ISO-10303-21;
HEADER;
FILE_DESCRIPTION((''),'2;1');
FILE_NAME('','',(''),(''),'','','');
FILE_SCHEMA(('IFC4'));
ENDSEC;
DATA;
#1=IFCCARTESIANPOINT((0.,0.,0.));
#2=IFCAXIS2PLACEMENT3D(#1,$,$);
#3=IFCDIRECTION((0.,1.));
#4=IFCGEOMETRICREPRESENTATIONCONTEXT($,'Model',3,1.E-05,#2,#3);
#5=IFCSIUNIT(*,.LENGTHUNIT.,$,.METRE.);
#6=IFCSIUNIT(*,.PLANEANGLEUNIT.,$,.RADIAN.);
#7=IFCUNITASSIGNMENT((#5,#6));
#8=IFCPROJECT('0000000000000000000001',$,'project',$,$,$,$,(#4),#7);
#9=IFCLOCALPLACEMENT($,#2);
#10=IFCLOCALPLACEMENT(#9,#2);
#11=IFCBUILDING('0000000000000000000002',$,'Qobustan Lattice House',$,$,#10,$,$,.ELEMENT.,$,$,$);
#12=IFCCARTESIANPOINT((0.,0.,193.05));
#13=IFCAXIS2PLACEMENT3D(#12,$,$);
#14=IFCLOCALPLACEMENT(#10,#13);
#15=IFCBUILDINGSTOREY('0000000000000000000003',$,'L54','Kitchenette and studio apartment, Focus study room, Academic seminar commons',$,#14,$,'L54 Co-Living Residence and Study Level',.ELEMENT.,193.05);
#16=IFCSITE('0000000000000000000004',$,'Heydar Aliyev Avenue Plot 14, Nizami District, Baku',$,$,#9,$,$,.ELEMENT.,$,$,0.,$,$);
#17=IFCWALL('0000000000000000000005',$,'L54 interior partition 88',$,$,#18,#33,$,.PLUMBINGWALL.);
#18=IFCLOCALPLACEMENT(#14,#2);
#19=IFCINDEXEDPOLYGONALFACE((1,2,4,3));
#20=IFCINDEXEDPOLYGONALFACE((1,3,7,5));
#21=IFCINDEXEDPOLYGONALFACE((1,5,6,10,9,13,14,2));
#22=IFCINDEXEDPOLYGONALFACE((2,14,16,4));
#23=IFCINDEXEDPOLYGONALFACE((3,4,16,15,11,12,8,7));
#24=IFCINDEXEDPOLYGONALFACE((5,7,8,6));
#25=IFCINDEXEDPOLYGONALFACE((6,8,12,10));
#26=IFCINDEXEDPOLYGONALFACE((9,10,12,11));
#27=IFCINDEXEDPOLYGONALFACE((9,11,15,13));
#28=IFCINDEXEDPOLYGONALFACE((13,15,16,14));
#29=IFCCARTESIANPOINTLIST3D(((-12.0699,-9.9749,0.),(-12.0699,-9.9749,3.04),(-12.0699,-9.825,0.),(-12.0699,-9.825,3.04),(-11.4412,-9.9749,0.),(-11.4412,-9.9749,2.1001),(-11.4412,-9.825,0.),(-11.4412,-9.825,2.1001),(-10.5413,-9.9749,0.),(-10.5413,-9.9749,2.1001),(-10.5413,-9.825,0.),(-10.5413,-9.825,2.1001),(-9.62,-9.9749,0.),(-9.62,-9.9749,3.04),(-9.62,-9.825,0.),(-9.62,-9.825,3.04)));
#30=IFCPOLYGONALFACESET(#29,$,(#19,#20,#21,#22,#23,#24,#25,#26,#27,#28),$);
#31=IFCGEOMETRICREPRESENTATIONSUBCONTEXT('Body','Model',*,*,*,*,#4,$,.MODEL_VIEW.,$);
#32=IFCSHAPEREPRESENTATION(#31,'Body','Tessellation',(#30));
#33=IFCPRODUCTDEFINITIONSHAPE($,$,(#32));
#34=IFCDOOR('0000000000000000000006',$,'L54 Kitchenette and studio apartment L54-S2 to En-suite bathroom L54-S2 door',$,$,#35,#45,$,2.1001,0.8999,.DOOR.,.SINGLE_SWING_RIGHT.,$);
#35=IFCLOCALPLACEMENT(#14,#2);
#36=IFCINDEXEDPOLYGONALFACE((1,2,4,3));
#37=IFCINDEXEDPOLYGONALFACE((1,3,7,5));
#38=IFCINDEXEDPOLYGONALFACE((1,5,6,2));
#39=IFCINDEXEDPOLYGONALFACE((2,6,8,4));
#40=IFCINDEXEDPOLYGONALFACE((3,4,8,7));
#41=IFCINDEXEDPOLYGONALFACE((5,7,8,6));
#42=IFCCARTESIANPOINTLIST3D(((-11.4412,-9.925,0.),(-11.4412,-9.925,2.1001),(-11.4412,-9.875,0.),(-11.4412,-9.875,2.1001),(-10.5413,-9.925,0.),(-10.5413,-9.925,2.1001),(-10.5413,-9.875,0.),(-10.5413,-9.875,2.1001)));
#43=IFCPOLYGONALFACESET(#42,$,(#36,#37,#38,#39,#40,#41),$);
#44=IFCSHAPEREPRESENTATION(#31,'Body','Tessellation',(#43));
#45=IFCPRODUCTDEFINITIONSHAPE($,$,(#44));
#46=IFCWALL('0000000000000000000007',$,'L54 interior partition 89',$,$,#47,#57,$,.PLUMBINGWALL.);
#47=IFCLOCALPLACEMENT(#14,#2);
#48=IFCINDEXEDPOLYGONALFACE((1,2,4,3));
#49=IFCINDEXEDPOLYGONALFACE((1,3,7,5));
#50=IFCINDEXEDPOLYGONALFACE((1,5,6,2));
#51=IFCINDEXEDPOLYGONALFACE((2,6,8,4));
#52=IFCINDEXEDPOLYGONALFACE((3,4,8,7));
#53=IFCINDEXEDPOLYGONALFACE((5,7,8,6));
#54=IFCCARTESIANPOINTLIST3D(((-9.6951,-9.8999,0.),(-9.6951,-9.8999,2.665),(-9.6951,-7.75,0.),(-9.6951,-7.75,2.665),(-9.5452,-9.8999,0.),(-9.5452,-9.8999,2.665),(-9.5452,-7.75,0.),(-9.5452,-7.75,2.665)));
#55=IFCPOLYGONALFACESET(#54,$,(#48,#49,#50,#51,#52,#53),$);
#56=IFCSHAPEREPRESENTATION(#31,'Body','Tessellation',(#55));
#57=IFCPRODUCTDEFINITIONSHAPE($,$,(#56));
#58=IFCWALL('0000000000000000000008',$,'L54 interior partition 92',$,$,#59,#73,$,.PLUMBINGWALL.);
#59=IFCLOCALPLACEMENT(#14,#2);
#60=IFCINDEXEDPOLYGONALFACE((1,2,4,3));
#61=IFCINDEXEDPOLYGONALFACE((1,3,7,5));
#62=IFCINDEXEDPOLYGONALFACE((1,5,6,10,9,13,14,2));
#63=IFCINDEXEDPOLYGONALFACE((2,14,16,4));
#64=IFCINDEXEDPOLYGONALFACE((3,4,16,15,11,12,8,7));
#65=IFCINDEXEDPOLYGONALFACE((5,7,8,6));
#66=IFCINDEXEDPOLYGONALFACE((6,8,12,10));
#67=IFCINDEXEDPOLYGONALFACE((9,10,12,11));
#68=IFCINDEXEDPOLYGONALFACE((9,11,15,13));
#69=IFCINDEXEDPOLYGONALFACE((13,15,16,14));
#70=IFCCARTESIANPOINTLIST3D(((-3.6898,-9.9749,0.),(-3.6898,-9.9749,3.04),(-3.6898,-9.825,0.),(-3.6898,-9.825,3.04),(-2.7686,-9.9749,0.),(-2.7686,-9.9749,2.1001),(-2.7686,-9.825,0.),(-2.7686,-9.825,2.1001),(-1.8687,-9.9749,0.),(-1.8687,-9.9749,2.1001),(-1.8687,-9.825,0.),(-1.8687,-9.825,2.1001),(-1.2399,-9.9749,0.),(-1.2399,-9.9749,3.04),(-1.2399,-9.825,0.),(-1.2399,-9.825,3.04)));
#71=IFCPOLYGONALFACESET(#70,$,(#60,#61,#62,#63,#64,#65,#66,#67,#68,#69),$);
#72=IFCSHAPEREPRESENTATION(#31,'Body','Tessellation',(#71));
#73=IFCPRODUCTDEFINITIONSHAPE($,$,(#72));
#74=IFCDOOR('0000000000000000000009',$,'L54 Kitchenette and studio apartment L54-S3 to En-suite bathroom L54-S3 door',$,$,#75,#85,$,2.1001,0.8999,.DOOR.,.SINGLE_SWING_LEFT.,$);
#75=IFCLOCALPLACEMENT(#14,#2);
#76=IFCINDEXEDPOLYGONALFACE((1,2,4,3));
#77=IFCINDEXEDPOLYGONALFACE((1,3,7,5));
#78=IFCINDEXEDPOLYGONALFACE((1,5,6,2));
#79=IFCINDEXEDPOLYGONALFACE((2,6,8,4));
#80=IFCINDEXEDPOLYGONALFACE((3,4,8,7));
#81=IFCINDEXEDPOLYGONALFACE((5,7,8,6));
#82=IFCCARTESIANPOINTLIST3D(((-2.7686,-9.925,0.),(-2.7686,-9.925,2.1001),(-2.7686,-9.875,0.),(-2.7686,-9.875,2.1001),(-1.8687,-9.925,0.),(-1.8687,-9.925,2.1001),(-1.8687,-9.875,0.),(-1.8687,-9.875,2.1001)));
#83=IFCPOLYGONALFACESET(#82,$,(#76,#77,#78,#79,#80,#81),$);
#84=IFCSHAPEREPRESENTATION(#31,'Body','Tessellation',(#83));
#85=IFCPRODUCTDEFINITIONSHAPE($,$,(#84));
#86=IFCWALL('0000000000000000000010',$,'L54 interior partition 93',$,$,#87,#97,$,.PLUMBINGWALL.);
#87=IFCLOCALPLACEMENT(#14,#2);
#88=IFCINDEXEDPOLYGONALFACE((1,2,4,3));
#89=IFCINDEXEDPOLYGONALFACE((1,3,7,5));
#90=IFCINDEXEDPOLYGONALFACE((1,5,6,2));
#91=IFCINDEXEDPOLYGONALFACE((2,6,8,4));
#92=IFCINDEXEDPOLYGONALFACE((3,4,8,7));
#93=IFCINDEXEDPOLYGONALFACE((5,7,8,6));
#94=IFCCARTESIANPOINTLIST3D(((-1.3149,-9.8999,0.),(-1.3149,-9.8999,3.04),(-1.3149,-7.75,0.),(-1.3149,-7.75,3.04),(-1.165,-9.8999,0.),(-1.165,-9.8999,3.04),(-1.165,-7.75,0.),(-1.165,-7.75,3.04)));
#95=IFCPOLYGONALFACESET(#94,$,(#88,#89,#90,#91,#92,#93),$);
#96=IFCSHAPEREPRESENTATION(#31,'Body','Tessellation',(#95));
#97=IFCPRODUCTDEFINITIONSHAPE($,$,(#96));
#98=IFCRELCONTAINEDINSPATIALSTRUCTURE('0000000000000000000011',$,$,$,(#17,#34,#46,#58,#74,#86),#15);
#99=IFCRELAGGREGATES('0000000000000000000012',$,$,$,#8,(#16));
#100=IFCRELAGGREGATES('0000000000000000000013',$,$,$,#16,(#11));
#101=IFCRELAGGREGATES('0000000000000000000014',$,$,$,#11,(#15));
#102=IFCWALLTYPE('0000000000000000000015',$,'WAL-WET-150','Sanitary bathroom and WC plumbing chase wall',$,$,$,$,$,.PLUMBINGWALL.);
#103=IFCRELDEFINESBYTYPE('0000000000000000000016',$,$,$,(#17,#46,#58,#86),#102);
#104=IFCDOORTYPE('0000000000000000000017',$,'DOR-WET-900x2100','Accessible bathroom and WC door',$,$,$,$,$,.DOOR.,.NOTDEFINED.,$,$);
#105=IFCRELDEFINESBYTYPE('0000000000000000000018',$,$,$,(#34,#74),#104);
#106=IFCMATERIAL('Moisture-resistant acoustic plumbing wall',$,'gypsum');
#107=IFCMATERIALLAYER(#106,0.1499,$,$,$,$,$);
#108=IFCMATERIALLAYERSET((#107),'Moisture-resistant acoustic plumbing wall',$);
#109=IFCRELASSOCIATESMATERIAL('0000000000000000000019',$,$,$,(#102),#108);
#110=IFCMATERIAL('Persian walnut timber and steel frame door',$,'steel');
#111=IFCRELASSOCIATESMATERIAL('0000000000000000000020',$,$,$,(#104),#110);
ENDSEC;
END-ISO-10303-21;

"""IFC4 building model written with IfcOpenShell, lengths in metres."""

from ifc_helpers import new_model, si_unit, direction, frame, frame_2d, origin, place, context, subcontext, project, spatial, rectangle, extrude, material, layer, layer_set, type_object, element, fill, save


model = new_model("IFC4")

# Units and contexts
model_context = context("Model", 3, precision=1e-05, world=origin(), true_north=direction((0.0, 1.0)))
body_context = subcontext(model_context, "Body", "Model", "MODEL_VIEW")
ifc_project = project(units=[si_unit("LENGTHUNIT", "METRE"), si_unit("PLANEANGLEUNIT", "RADIAN")], contexts=[model_context])

# Site, building, storey
site_placement = place(None, origin())
site = spatial("IfcSite", under=ifc_project, at=site_placement, Name="Heydar Aliyev Avenue Plot 14, Nizami District, Baku", CompositionType="ELEMENT", RefElevation=0.0)
building_placement = place(site_placement, origin())
building = spatial("IfcBuilding", under=site, at=building_placement, Name="Qobustan Lattice House", CompositionType="ELEMENT")
storey_placement = place(building_placement, frame((0.0, 0.0, 193.05)))
storey = spatial("IfcBuildingStorey", under=building, at=storey_placement, Name="L54", Description="Kitchenette and studio apartment, Focus study room, Academic seminar commons", LongName="L54 Co-Living Residence and Study Level", CompositionType="ELEMENT", Elevation=193.05)

# Shared definitions
ifc_material_1 = material(Name="Moisture-resistant acoustic plumbing wall", Category="gypsum")
ifc_layer_1 = layer(ifc_material_1, 0.1499)
ifc_layer_set_1 = layer_set([ifc_layer_1], Name="Moisture-resistant acoustic plumbing wall")
wall_type_1 = type_object("IfcWallType", Name="WAL-WET-150", Description="Sanitary bathroom and WC plumbing chase wall", PredefinedType="PLUMBINGWALL", material=ifc_layer_set_1)

# Wall, opening, door
wall_1_placement = place(storey_placement, frame((-12.0701, -9.8999, 0.0), z_axis=(0.0, 0.0, 1.0), x_axis=(1.0, 0.0, 0.0)))
wall_1 = element("IfcWall", 1, at=wall_1_placement, inside=storey, type_object=wall_type_1, Name="L54 interior partition 88", PredefinedType="PLUMBINGWALL", context=body_context, shape_type="SweptSolid", body=[
    extrude(rectangle(XDim=2.45, YDim=0.1499, at=frame_2d((1.2251, 0.0))), origin(), (0.0, 0.0, 1.0), 3.04),
])
opening_1_placement = place(wall_1_placement, frame((0.6289, 0.0, 0.0)))
opening_1 = element("IfcOpeningElement", 2, at=opening_1_placement, cuts=wall_1, PredefinedType="OPENING", context=body_context, shape_type="SweptSolid", body=[
    extrude(rectangle(XDim=0.8999, YDim=2.1001, at=frame_2d((0.45, 1.05))), frame((0.0, 0.085, 0.0), z_axis=(0.0, -1.0, 0.0), x_axis=(1.0, 0.0, 0.0)), (0.0, 0.0, 1.0), 0.1699),
])
ifc_material_2 = material(Name="Persian walnut timber and steel frame door", Category="steel")
door_type_1 = type_object("IfcDoorType", Name="DOR-WET-900x2100", Description="Accessible bathroom and WC door", OperationType="NOTDEFINED", PredefinedType="DOOR", material=ifc_material_2)
door_1_placement = place(opening_1_placement, origin())
door_1 = element("IfcDoor", 3, at=door_1_placement, inside=storey, type_object=door_type_1, Name="L54 Kitchenette and studio apartment L54-S2 to En-suite bathroom L54-S2 door", OperationType="SINGLE_SWING_RIGHT", OverallHeight=2.1001, OverallWidth=0.8999, PredefinedType="DOOR", context=body_context, shape_type="SweptSolid", body=[
    extrude(rectangle(XDim=0.8999, YDim=2.1001, at=frame_2d((0.45, 1.05))), frame((0.0, 0.0249, 0.0), z_axis=(0.0, -1.0, 0.0), x_axis=(1.0, 0.0, 0.0)), (0.0, 0.0, 1.0), 0.05),
])
fill(opening_1, door_1)

# Wall
wall_2_placement = place(storey_placement, frame((-9.6201, -9.8999, 0.0), z_axis=(0.0, 0.0, 1.0), x_axis=(0.0, 1.0, 0.0)))
element("IfcWall", 4, at=wall_2_placement, inside=storey, type_object=wall_type_1, Name="L54 interior partition 89", PredefinedType="PLUMBINGWALL", context=body_context, shape_type="SweptSolid", body=[
    extrude(rectangle(XDim=2.1499, YDim=0.1499, at=frame_2d((1.075, 0.0))), origin(), (0.0, 0.0, 1.0), 2.665),
])

# Wall, opening, door
wall_3_placement = place(storey_placement, frame((-3.6899, -9.8999, 0.0), z_axis=(0.0, 0.0, 1.0), x_axis=(1.0, 0.0, 0.0)))
wall_3 = element("IfcWall", 5, at=wall_3_placement, inside=storey, type_object=wall_type_1, Name="L54 interior partition 92", PredefinedType="PLUMBINGWALL", context=body_context, shape_type="SweptSolid", body=[
    extrude(rectangle(XDim=2.45, YDim=0.1499, at=frame_2d((1.2251, 0.0))), origin(), (0.0, 0.0, 1.0), 3.04),
])
opening_2_placement = place(wall_3_placement, frame((0.9214, 0.0, 0.0)))
opening_2 = element("IfcOpeningElement", 6, at=opening_2_placement, cuts=wall_3, PredefinedType="OPENING", context=body_context, shape_type="SweptSolid", body=[
    extrude(rectangle(XDim=0.8999, YDim=2.1001, at=frame_2d((0.45, 1.05))), frame((0.0, 0.085, 0.0), z_axis=(0.0, -1.0, 0.0), x_axis=(1.0, 0.0, 0.0)), (0.0, 0.0, 1.0), 0.1699),
])
door_2_placement = place(opening_2_placement, origin())
door_2 = element("IfcDoor", 7, at=door_2_placement, inside=storey, type_object=door_type_1, Name="L54 Kitchenette and studio apartment L54-S3 to En-suite bathroom L54-S3 door", OperationType="SINGLE_SWING_LEFT", OverallHeight=2.1001, OverallWidth=0.8999, PredefinedType="DOOR", context=body_context, shape_type="SweptSolid", body=[
    extrude(rectangle(XDim=0.8999, YDim=2.1001, at=frame_2d((0.45, 1.05))), frame((0.0, 0.0249, 0.0), z_axis=(0.0, -1.0, 0.0), x_axis=(1.0, 0.0, 0.0)), (0.0, 0.0, 1.0), 0.05),
])
fill(opening_2, door_2)

# Wall
wall_4_placement = place(storey_placement, frame((-1.24, -9.8999, 0.0), z_axis=(0.0, 0.0, 1.0), x_axis=(0.0, 1.0, 0.0)))
element("IfcWall", 8, at=wall_4_placement, inside=storey, type_object=wall_type_1, Name="L54 interior partition 93", PredefinedType="PLUMBINGWALL", context=body_context, shape_type="SweptSolid", body=[
    extrude(rectangle(XDim=2.1499, YDim=0.1499, at=frame_2d((1.075, 0.0))), origin(), (0.0, 0.0, 1.0), 3.04),
])

save(model, "model.ifc")
